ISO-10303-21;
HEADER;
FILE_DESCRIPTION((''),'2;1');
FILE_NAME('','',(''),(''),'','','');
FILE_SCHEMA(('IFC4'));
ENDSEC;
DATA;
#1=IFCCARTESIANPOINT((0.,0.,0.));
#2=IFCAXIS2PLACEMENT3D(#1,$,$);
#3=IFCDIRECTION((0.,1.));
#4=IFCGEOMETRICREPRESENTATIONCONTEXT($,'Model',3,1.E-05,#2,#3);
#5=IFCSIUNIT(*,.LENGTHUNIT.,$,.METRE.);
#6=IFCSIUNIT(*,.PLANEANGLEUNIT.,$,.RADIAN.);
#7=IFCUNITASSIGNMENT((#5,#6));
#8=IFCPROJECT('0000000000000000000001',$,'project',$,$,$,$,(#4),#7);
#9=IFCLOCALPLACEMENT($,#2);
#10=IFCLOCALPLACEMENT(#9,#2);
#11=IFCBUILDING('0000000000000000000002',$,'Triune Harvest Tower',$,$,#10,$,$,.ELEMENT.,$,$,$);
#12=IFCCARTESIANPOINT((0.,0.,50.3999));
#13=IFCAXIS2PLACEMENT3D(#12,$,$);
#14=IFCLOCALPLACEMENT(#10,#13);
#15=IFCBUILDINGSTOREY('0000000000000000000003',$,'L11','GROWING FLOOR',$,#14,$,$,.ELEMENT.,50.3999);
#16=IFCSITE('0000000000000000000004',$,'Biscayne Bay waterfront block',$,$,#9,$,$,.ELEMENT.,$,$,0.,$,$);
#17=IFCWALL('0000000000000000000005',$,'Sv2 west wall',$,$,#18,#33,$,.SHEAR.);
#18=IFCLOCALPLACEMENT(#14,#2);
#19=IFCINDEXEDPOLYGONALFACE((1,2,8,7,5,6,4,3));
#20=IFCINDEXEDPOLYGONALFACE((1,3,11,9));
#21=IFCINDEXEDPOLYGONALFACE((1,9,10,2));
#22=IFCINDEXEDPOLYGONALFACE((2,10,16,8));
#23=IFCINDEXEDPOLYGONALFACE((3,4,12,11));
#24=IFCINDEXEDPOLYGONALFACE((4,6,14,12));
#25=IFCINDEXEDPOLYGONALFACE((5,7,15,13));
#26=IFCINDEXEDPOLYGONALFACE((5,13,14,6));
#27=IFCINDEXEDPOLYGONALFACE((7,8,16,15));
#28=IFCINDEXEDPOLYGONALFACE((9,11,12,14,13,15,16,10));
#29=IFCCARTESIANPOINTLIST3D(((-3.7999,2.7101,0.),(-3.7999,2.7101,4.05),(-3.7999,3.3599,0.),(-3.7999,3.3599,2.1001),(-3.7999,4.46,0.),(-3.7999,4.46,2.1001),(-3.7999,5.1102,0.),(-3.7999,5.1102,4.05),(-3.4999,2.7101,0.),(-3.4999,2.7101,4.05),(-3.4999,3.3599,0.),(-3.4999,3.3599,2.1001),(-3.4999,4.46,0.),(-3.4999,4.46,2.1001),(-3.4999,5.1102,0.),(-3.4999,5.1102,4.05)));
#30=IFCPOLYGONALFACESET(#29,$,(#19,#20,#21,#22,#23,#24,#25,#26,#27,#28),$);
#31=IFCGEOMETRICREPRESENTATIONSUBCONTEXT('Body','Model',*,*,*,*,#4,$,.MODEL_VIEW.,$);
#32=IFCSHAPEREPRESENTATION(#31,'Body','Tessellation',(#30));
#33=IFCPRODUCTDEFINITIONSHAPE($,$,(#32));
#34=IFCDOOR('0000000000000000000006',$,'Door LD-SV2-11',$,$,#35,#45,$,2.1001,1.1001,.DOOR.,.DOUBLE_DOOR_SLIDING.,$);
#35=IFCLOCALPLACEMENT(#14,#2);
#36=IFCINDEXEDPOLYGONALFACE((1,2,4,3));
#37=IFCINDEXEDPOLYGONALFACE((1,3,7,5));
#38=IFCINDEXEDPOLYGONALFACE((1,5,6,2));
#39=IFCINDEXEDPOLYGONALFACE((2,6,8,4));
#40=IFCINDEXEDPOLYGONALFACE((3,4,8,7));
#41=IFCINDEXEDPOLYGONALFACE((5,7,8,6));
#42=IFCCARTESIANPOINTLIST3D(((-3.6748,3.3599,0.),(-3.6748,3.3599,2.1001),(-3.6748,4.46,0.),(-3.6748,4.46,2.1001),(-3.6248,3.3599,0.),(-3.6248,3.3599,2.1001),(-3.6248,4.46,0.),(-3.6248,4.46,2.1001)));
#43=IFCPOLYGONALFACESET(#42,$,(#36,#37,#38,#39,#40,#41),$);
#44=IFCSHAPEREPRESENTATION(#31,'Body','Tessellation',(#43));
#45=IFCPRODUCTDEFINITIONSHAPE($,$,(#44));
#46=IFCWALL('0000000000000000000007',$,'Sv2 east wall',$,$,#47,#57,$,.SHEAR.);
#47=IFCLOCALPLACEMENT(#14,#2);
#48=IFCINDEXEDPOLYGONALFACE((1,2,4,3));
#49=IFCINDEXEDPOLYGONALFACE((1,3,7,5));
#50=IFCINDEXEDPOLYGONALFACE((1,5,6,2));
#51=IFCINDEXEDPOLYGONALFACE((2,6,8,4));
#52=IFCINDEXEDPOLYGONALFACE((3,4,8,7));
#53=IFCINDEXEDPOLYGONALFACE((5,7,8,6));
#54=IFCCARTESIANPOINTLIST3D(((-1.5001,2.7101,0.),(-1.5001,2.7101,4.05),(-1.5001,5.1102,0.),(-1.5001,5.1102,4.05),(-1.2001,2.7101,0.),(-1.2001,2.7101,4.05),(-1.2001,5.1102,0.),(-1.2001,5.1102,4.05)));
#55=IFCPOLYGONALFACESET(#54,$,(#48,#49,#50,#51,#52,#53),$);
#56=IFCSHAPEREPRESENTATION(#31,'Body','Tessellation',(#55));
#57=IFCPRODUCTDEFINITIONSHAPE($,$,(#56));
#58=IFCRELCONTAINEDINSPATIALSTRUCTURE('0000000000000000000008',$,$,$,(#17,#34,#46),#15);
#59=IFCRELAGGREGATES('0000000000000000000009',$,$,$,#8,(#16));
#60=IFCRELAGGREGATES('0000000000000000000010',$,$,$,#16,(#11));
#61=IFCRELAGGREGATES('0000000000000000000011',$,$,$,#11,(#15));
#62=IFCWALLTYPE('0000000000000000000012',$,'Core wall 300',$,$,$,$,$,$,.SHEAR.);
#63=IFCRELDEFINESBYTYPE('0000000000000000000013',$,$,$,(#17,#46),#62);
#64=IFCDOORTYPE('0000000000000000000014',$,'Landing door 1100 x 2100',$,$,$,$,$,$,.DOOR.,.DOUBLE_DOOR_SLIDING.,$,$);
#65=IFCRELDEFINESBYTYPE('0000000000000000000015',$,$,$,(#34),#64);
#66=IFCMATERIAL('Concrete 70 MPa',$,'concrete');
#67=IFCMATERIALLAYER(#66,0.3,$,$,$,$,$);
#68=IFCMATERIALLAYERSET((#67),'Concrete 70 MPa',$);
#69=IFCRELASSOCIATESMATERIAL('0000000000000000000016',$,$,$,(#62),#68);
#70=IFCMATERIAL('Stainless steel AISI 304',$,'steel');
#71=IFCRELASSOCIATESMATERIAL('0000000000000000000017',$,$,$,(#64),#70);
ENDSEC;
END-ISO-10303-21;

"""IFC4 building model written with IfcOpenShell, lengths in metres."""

from ifc_helpers import new_model, si_unit, direction, frame, frame_2d, origin, place, context, subcontext, project, spatial, rectangle, extrude, source, transform, mapped, material, layer, layer_set, type_object, element, fill, save


model = new_model("IFC4")

# Units and contexts
model_context = context("Model", 3, precision=1e-05, world=origin(), true_north=direction((0.0, 1.0)))
body_context = subcontext(model_context, "Body", "Model", "MODEL_VIEW")
ifc_project = project(units=[si_unit("LENGTHUNIT", "METRE"), si_unit("PLANEANGLEUNIT", "RADIAN")], contexts=[model_context])

# Site, building, storey
site_placement = place(None, origin())
site = spatial("IfcSite", under=ifc_project, at=site_placement, Name="Biscayne Bay waterfront block", CompositionType="ELEMENT", RefElevation=0.0)
building_placement = place(site_placement, origin())
building = spatial("IfcBuilding", under=site, at=building_placement, Name="Triune Harvest Tower", CompositionType="ELEMENT")
storey_placement = place(building_placement, frame((0.0, 0.0, 50.3999)))
storey = spatial("IfcBuildingStorey", under=building, at=storey_placement, Name="L11", Description="GROWING FLOOR", CompositionType="ELEMENT", Elevation=50.3999)

# Shared definitions
ifc_material_1 = material(Name="Concrete 70 MPa", Category="concrete")
ifc_layer_1 = layer(ifc_material_1, 0.3)
ifc_layer_set_1 = layer_set([ifc_layer_1], Name="Concrete 70 MPa")
wall_type_1 = type_object("IfcWallType", Name="Core wall 300", PredefinedType="SHEAR", material=ifc_layer_set_1)

# Shared definitions
shared_shape_1 = source(origin(), body_context, "Body", "SweptSolid", [
    extrude(rectangle(XDim=2.4001, YDim=0.3, at=frame_2d((1.2002, 0.0))), origin(), (0.0, 0.0, 1.0), 4.05),
])

# Wall, opening, door
ifc_material_2 = material(Name="Stainless steel AISI 304", Category="steel")
door_type_1 = type_object("IfcDoorType", Name="Landing door 1100 x 2100", OperationType="DOUBLE_DOOR_SLIDING", PredefinedType="DOOR", material=ifc_material_2)
wall_1_placement = place(storey_placement, frame((-3.6499, 2.71, 0.0), z_axis=(0.0, 0.0, 1.0), x_axis=(0.0, 1.0, 0.0)))
wall_1 = element("IfcWall", 1, at=wall_1_placement, inside=storey, type_object=wall_type_1, Name="Sv2 west wall", PredefinedType="SHEAR", context=body_context, shape_type="MappedRepresentation", body=[
    mapped(shared_shape_1, transform((0.0, 0.0, 0.0), scale=1.0)),
])
opening_1_placement = place(wall_1_placement, frame((0.6499, 0.0, 0.0)))
opening_1 = element("IfcOpeningElement", 2, at=opening_1_placement, cuts=wall_1, PredefinedType="OPENING", context=body_context, shape_type="SweptSolid", body=[
    extrude(rectangle(XDim=1.1001, YDim=2.1001, at=frame_2d((0.55, 1.05))), frame((0.0, 0.1602, 0.0), z_axis=(0.0, -1.0, 0.0), x_axis=(1.0, 0.0, 0.0)), (0.0, 0.0, 1.0), 0.3201),
])
door_1_placement = place(opening_1_placement, origin())
door_1 = element("IfcDoor", 3, at=door_1_placement, inside=storey, type_object=door_type_1, Name="Door LD-SV2-11", OperationType="DOUBLE_DOOR_SLIDING", OverallHeight=2.1001, OverallWidth=1.1001, PredefinedType="DOOR", context=body_context, shape_type="SweptSolid", body=[
    extrude(rectangle(XDim=1.1001, YDim=2.1001, at=frame_2d((0.55, 1.05))), frame((0.0, 0.0249, 0.0), z_axis=(0.0, -1.0, 0.0), x_axis=(1.0, 0.0, 0.0)), (0.0, 0.0, 1.0), 0.05),
])
fill(opening_1, door_1)

# Wall
wall_2_placement = place(storey_placement, frame((-1.3501, 2.71, 0.0), z_axis=(0.0, 0.0, 1.0), x_axis=(0.0, 1.0, 0.0)))
element("IfcWall", 4, at=wall_2_placement, inside=storey, type_object=wall_type_1, Name="Sv2 east wall", PredefinedType="SHEAR", context=body_context, shape_type="MappedRepresentation", body=[
    mapped(shared_shape_1, transform((0.0, 0.0, 0.0), scale=1.0)),
])

save(model, "model.ifc")
